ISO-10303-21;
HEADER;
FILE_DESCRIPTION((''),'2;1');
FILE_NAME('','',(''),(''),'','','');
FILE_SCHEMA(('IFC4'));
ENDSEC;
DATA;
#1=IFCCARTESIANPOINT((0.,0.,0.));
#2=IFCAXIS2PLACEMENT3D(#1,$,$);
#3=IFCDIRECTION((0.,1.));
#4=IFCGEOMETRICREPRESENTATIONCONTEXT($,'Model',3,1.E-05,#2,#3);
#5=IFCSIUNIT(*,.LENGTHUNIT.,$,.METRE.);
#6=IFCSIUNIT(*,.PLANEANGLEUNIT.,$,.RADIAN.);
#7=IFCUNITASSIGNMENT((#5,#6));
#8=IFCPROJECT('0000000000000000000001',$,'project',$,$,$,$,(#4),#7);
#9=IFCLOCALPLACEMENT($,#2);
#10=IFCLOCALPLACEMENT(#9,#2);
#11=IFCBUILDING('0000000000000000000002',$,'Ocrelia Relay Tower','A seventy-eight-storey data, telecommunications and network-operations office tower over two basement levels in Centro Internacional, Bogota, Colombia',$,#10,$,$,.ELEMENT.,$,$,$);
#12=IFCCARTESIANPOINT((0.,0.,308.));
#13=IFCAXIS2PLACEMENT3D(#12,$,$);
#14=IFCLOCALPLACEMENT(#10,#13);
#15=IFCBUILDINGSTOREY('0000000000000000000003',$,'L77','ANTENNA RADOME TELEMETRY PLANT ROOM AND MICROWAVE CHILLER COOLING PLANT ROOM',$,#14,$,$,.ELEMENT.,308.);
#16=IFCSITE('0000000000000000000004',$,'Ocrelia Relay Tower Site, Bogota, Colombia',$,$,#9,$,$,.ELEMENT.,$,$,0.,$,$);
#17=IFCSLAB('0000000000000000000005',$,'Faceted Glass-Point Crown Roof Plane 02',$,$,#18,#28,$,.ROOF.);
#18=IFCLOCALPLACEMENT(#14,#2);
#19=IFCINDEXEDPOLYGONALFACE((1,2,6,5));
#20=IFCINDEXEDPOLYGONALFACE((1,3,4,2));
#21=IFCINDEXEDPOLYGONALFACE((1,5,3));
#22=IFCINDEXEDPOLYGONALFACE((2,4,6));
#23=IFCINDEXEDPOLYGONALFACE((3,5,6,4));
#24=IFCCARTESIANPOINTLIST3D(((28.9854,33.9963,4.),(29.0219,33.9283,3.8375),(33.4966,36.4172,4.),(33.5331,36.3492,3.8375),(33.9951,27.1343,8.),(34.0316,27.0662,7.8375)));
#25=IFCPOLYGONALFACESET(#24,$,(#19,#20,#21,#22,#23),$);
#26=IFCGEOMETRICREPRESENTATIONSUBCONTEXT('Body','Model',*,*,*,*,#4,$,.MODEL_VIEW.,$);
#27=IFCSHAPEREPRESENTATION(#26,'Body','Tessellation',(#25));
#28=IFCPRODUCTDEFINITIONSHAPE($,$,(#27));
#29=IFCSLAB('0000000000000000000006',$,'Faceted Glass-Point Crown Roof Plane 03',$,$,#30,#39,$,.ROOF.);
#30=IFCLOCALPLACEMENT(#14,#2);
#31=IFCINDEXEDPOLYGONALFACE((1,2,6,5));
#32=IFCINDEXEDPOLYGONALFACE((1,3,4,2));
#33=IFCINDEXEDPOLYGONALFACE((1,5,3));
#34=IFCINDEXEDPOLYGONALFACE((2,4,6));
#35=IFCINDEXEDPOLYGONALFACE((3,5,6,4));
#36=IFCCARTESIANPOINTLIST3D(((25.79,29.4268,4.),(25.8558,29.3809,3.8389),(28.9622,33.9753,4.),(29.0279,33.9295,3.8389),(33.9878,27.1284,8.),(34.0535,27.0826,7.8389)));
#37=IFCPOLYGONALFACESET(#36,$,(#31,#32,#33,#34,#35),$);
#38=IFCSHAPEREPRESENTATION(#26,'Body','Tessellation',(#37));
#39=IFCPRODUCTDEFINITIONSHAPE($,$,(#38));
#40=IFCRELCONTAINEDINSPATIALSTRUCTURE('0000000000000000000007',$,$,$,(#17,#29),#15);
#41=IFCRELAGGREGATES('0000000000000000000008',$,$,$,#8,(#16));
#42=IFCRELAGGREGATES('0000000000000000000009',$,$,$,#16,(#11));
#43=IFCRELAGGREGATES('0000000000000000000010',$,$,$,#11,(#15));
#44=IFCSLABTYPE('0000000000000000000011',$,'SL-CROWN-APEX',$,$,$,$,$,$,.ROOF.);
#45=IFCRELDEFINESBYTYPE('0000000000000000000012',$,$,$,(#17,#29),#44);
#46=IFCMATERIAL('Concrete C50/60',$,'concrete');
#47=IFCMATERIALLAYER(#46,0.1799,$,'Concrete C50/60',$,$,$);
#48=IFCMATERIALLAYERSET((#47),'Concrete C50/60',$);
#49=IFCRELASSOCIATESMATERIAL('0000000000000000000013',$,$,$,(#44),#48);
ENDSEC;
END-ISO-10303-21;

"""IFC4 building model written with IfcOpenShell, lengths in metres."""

from ifc_helpers import new_model, si_unit, direction, frame, origin, place, context, subcontext, project, spatial, polyline, outline, extrude, material, layer, layer_set, type_object, element, save


model = new_model("IFC4")

# Units and contexts
model_context = context("Model", 3, precision=1e-05, world=origin(), true_north=direction((0.0, 1.0)))
body_context = subcontext(model_context, "Body", "Model", "MODEL_VIEW")
ifc_project = project(units=[si_unit("LENGTHUNIT", "METRE"), si_unit("PLANEANGLEUNIT", "RADIAN")], contexts=[model_context])

# Site, building, storey
site_placement = place(None, origin())
site = spatial("IfcSite", under=ifc_project, at=site_placement, Name="Ocrelia Relay Tower Site, Bogota, Colombia", CompositionType="ELEMENT", RefElevation=0.0)
building_placement = place(site_placement, origin())
building = spatial("IfcBuilding", under=site, at=building_placement, Name="Ocrelia Relay Tower", Description="A seventy-eight-storey data, telecommunications and network-operations office tower over two basement levels in Centro Internacional, Bogota, Colombia", CompositionType="ELEMENT")
storey_placement = place(building_placement, frame((0.0, 0.0, 308.0)))
storey = spatial("IfcBuildingStorey", under=building, at=storey_placement, Name="L77", Description="ANTENNA RADOME TELEMETRY PLANT ROOM AND MICROWAVE CHILLER COOLING PLANT ROOM", CompositionType="ELEMENT", Elevation=308.0)

# Slabs
ifc_material_1 = material(Name="Concrete C50/60", Category="concrete")
ifc_layer_1 = layer(ifc_material_1, 0.1799, Name="Concrete C50/60")
ifc_layer_set_1 = layer_set([ifc_layer_1], Name="Concrete C50/60")
slab_type = type_object("IfcSlabType", Name="SL-CROWN-APEX", PredefinedType="ROOF", material=ifc_layer_set_1)
slab_1_placement = place(storey_placement, frame((33.4966, 36.4172, 4.0), z_axis=(-0.202994, 0.378269, 0.903164), x_axis=(-0.881141, -0.472854, 0.0)))
element("IfcSlab", 1, at=slab_1_placement, inside=storey, type_object=slab_type, Name="Faceted Glass-Point Crown Roof Plane 02", PredefinedType="ROOF", context=body_context, shape_type="SweptSolid", body=[
    extrude(outline(polyline([(0.0, 0.0), (5.1198, 0.0), (3.9502, 9.3176), (0.0, 0.0)])), origin(), (0.0, 0.0, -1.0), 0.1799),
])
slab_2_placement = place(storey_placement, frame((28.9622, 33.9753, 4.0), z_axis=(-0.365403, 0.254827, 0.89529), x_axis=(-0.572023, -0.820238, 0.0)))
element("IfcSlab", 2, at=slab_2_placement, inside=storey, type_object=slab_type, Name="Faceted Glass-Point Crown Roof Plane 03", PredefinedType="ROOF", context=body_context, shape_type="SweptSolid", body=[
    extrude(outline(polyline([(0.0, 0.0), (5.5454, 0.0), (2.7413, 8.979), (0.0, 0.0)])), origin(), (0.0, 0.0, -1.0), 0.1799),
])

save(model, "model.ifc")
